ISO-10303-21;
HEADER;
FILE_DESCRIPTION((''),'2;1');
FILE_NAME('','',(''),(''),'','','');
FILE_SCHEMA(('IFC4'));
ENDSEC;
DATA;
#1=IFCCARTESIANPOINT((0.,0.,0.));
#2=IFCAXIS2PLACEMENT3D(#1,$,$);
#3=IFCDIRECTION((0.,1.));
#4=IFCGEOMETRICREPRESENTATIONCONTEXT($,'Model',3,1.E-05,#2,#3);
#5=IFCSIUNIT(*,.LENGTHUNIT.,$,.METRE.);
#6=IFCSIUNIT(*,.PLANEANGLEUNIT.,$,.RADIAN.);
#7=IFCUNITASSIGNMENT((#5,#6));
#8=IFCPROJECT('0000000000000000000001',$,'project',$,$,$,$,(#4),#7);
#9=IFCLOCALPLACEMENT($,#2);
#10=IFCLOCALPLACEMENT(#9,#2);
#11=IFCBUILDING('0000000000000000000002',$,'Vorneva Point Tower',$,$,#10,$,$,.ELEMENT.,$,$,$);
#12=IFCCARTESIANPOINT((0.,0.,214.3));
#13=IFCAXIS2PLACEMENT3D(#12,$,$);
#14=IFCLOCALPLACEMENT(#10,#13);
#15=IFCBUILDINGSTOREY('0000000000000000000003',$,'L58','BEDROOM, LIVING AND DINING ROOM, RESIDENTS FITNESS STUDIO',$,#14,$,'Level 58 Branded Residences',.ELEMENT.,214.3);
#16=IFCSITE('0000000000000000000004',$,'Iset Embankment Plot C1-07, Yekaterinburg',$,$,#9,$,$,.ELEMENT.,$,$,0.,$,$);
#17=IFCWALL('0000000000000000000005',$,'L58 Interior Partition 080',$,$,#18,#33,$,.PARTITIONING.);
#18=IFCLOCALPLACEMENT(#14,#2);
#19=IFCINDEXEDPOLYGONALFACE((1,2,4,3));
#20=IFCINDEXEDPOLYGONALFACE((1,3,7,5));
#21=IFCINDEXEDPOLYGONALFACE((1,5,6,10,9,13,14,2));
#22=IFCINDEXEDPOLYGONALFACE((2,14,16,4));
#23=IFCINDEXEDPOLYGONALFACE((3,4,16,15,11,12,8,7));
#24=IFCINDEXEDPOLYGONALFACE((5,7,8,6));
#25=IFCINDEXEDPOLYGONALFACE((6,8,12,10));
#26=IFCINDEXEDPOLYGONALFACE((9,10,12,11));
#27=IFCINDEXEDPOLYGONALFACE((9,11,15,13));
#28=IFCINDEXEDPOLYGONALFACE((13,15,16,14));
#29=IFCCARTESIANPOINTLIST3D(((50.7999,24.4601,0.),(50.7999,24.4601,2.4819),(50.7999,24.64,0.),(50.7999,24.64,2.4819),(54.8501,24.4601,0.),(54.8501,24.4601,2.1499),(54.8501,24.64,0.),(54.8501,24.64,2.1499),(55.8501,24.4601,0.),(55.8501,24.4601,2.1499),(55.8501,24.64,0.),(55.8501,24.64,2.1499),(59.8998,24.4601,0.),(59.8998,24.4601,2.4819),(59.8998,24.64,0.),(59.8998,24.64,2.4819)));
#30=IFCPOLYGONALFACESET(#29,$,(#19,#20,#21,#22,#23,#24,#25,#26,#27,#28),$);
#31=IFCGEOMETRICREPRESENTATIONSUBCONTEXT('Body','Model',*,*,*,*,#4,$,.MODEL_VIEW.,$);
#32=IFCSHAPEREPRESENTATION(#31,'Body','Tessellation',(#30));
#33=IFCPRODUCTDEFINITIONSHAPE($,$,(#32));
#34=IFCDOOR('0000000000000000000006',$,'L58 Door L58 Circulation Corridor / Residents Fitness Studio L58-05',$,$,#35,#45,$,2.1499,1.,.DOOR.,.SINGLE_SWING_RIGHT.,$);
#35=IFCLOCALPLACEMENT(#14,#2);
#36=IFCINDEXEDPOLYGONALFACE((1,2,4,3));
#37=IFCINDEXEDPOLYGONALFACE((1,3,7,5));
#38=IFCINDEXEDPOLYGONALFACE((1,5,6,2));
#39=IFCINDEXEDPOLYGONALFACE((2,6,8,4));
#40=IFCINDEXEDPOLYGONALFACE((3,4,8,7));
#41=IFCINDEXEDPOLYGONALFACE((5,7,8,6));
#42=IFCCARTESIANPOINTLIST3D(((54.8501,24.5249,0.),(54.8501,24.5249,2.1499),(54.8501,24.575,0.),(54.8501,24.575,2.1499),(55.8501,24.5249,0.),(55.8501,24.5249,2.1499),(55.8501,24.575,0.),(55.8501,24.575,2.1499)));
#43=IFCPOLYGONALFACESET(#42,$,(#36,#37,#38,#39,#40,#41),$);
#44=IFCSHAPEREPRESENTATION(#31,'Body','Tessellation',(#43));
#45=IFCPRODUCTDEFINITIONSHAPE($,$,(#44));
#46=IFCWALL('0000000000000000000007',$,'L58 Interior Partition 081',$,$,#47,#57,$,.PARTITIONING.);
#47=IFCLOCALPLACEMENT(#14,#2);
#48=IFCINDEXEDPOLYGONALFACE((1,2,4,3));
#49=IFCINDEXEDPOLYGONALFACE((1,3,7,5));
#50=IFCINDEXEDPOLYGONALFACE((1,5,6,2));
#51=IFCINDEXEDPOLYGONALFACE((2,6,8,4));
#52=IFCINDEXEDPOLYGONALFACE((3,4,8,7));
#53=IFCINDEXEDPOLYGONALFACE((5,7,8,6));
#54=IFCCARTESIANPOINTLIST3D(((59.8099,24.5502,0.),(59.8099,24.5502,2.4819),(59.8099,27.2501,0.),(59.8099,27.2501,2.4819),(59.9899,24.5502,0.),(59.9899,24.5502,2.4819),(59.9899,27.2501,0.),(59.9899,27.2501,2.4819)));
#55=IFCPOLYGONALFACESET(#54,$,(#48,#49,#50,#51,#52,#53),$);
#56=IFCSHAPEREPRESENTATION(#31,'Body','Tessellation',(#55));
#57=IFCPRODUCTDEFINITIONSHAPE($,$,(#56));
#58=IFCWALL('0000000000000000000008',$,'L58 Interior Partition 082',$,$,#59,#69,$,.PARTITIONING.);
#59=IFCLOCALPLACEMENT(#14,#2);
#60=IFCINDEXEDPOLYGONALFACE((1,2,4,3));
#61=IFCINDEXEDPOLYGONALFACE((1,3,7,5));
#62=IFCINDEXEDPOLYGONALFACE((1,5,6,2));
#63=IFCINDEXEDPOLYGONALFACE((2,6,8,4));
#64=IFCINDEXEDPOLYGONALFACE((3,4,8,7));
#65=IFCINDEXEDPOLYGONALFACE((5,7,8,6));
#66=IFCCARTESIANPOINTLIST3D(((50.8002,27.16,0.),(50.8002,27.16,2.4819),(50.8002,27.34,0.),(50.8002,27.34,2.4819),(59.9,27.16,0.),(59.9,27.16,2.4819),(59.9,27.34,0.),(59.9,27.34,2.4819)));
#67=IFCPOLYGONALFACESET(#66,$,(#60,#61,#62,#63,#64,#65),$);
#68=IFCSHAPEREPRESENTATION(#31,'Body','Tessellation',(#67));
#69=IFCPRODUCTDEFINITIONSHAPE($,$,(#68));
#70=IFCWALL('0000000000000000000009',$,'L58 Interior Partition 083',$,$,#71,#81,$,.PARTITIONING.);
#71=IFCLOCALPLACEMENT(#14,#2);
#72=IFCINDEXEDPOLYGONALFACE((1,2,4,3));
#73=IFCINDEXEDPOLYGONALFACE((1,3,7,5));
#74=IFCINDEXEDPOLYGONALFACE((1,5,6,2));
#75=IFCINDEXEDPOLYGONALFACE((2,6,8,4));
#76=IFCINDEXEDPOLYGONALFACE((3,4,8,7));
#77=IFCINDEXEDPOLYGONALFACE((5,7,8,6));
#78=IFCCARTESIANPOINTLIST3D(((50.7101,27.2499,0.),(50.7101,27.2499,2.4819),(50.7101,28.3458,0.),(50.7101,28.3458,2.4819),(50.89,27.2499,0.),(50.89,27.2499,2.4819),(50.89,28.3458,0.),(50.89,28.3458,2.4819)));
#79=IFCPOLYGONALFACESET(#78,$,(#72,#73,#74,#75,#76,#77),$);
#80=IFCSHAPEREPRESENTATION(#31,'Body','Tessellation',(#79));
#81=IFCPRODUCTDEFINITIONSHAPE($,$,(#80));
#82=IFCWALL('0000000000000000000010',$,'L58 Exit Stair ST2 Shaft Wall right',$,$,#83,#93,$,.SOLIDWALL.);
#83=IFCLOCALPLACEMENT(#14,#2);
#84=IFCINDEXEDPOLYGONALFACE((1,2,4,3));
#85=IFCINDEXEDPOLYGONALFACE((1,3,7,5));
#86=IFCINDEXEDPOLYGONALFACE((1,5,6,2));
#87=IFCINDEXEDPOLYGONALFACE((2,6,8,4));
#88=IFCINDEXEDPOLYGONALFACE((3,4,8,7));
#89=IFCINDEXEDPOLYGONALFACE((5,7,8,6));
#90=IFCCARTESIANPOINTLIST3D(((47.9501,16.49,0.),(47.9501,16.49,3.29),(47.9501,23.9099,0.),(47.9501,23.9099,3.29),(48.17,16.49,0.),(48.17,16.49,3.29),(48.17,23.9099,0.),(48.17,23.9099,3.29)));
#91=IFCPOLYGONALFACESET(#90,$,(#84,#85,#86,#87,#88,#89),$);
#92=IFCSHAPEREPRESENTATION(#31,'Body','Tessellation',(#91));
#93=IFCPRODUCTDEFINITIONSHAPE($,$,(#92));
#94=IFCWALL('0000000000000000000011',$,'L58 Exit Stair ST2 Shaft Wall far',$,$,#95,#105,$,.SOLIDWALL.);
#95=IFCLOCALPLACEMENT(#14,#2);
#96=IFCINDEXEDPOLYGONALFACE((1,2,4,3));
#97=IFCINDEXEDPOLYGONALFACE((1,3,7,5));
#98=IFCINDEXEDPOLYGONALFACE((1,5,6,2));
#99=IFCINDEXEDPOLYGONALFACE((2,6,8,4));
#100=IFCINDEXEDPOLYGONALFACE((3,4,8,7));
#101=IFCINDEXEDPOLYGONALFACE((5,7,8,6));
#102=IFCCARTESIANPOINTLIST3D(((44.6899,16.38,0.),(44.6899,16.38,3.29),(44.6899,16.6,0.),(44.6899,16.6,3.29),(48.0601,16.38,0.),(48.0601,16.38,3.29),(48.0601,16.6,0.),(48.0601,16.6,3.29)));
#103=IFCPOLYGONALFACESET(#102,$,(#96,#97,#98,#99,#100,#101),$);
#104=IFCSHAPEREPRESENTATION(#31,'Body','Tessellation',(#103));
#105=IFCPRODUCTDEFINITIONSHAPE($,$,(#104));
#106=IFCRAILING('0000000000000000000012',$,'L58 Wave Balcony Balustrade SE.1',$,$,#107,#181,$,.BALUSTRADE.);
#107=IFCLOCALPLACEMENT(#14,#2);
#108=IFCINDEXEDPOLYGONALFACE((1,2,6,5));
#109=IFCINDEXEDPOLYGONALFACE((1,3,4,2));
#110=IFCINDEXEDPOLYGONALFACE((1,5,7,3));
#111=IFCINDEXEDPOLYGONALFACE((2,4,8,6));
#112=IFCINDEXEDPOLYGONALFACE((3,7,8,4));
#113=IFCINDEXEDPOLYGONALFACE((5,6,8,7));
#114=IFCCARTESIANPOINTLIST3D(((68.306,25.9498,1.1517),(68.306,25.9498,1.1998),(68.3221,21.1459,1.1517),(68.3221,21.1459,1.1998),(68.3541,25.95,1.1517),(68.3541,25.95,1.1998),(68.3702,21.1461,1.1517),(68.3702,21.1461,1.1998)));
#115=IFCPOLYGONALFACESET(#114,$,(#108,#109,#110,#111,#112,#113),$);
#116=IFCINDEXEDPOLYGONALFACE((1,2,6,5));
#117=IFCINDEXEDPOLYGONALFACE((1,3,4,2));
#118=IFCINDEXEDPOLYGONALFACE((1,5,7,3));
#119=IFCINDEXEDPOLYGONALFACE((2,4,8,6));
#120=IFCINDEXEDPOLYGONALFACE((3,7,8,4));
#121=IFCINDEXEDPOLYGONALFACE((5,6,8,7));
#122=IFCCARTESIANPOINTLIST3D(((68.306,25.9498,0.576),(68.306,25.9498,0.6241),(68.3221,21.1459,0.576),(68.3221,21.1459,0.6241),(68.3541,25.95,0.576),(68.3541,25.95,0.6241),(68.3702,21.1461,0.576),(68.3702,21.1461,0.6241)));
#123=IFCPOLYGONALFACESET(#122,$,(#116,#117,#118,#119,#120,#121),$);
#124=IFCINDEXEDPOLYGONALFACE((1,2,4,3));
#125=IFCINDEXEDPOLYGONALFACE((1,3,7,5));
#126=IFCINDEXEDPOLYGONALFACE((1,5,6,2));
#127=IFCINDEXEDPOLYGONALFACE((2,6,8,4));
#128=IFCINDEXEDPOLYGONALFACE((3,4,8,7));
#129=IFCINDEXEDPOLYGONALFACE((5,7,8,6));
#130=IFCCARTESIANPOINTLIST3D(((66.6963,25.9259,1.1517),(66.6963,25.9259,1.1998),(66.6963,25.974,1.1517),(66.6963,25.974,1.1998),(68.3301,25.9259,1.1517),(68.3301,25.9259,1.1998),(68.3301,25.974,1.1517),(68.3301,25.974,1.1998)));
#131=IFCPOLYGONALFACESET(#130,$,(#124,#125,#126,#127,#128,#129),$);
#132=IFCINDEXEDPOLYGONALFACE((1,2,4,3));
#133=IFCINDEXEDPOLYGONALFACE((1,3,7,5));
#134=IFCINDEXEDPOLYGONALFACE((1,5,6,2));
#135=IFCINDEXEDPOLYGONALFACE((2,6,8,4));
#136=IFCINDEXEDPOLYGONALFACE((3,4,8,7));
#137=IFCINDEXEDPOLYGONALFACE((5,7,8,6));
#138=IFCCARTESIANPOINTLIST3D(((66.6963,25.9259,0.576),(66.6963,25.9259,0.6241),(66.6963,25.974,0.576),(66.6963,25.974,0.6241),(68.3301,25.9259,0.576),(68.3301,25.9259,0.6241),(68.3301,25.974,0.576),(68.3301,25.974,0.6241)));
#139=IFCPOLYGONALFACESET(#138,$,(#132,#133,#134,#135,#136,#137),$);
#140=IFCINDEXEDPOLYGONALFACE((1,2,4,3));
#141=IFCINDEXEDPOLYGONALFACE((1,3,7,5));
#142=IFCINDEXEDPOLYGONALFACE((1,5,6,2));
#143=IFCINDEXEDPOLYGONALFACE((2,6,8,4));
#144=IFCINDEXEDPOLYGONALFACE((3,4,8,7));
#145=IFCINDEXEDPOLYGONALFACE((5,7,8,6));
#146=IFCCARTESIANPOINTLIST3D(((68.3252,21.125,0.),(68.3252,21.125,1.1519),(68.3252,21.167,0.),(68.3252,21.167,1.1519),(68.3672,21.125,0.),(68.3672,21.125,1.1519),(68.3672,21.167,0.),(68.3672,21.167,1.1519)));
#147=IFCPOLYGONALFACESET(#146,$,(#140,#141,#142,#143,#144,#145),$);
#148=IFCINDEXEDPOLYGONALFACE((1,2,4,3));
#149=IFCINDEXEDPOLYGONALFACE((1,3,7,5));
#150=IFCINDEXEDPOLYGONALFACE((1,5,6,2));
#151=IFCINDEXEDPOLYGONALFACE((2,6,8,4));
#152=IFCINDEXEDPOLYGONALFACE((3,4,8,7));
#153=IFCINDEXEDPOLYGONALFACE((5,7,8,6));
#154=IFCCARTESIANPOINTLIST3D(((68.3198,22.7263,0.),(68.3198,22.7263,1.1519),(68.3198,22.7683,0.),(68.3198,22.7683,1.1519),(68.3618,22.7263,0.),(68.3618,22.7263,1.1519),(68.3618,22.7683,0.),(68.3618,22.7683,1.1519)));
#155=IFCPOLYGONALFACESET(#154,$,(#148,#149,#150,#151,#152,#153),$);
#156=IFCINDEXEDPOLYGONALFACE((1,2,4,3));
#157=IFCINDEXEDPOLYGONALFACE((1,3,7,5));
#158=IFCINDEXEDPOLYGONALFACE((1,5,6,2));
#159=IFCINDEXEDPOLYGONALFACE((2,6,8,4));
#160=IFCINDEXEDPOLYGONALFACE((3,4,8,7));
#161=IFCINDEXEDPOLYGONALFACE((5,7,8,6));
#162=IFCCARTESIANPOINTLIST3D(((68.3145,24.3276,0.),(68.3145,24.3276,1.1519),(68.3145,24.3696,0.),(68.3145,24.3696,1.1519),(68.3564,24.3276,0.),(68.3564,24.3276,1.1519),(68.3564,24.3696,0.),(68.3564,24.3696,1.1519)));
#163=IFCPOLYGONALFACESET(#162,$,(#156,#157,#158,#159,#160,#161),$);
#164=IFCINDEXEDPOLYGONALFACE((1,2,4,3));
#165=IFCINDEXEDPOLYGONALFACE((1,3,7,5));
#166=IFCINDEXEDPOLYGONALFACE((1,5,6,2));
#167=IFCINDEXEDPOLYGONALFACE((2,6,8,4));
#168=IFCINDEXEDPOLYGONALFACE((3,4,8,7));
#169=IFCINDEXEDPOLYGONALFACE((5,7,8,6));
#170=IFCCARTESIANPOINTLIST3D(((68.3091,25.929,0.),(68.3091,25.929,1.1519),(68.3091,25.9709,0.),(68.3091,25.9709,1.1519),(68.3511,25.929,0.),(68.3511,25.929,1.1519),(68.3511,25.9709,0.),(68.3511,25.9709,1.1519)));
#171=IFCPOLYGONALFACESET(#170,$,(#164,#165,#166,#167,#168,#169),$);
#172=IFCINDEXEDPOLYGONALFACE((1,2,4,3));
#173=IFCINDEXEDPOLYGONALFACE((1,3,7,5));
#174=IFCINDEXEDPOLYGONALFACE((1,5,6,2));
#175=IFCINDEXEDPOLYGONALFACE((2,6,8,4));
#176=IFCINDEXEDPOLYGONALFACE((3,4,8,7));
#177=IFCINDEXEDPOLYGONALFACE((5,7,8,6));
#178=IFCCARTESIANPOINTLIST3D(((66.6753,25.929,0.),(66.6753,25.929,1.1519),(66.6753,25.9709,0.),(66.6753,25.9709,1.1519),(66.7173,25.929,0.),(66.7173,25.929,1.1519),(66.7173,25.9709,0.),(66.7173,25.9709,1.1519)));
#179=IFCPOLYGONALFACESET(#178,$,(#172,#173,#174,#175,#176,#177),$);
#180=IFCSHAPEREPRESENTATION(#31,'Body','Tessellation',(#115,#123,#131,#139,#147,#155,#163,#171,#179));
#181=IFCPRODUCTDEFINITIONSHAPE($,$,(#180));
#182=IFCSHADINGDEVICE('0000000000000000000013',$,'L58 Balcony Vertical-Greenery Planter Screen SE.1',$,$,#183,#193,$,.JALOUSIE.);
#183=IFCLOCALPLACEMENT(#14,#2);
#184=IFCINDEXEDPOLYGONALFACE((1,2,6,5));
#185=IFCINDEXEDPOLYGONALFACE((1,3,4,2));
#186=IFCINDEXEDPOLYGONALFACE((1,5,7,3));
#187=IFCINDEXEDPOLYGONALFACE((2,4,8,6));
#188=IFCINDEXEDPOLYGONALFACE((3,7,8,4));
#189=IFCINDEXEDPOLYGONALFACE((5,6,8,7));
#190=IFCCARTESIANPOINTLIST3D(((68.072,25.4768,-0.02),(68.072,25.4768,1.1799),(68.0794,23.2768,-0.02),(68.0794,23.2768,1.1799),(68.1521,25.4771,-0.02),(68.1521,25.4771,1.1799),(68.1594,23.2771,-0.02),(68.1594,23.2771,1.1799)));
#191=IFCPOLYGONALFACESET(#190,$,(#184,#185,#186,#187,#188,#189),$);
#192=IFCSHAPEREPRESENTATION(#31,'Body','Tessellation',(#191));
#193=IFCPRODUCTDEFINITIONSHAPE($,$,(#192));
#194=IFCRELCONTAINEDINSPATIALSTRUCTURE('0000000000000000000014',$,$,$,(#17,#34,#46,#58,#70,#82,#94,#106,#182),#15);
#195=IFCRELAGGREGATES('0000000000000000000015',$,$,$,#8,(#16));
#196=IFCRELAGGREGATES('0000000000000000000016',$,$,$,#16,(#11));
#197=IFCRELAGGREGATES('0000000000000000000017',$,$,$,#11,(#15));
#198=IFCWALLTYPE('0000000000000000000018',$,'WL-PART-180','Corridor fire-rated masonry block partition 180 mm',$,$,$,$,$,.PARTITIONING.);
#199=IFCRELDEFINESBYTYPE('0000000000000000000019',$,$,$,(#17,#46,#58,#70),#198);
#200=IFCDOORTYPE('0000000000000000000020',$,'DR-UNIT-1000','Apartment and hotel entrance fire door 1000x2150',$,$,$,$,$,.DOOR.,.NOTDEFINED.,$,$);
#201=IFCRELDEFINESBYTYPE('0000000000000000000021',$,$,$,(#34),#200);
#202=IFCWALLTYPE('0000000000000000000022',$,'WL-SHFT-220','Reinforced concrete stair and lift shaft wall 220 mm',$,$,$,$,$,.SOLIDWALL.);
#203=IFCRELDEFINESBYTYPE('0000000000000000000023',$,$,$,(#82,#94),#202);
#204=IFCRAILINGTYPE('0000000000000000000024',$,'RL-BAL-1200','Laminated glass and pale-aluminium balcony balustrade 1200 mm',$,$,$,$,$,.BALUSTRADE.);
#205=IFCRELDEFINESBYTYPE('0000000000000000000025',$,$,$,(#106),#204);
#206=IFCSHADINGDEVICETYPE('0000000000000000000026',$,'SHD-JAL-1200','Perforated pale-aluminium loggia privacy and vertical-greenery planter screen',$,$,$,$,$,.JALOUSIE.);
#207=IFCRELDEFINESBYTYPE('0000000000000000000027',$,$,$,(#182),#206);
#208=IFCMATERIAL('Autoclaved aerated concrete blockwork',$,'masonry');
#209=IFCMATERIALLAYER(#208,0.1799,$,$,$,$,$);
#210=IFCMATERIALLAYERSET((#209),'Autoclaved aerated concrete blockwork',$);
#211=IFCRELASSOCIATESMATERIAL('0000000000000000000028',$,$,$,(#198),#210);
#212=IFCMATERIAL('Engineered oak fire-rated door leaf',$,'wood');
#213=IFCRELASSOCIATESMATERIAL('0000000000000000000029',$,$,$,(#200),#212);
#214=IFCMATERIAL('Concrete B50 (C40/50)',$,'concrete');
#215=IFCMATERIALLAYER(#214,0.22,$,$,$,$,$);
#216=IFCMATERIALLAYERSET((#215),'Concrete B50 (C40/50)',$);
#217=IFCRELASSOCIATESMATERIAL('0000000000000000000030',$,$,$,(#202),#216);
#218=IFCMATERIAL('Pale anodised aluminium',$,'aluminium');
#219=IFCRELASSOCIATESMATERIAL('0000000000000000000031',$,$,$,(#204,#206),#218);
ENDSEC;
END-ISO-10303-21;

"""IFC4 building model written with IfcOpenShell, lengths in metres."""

from ifc_helpers import new_model, si_unit, direction, frame, frame_2d, origin, origin_2d, place, context, subcontext, project, spatial, rectangle, extrude, material, layer, layer_set, type_object, element, fill, save


model = new_model("IFC4")

# Units and contexts
model_context = context("Model", 3, precision=1e-05, world=origin(), true_north=direction((0.0, 1.0)))
body_context = subcontext(model_context, "Body", "Model", "MODEL_VIEW")
ifc_project = project(units=[si_unit("LENGTHUNIT", "METRE"), si_unit("PLANEANGLEUNIT", "RADIAN")], contexts=[model_context])

# Site, building, storey
site_placement = place(None, origin())
site = spatial("IfcSite", under=ifc_project, at=site_placement, Name="Iset Embankment Plot C1-07, Yekaterinburg", CompositionType="ELEMENT", RefElevation=0.0)
building_placement = place(site_placement, origin())
building = spatial("IfcBuilding", under=site, at=building_placement, Name="Vorneva Point Tower", CompositionType="ELEMENT")
storey_placement = place(building_placement, frame((0.0, 0.0, 214.3)))
storey = spatial("IfcBuildingStorey", under=building, at=storey_placement, Name="L58", Description="BEDROOM, LIVING AND DINING ROOM, RESIDENTS FITNESS STUDIO", LongName="Level 58 Branded Residences", CompositionType="ELEMENT", Elevation=214.3)

# Shared definitions
ifc_material_1 = material(Name="Concrete B50 (C40/50)", Category="concrete")

# Shared definitions
ifc_material_2 = material(Name="Pale anodised aluminium", Category="aluminium")

# Shared definitions
ifc_material_3 = material(Name="Autoclaved aerated concrete blockwork", Category="masonry")
ifc_layer_1 = layer(ifc_material_3, 0.1799)
ifc_layer_set_1 = layer_set([ifc_layer_1], Name="Autoclaved aerated concrete blockwork")
wall_type_1 = type_object("IfcWallType", Name="WL-PART-180", Description="Corridor fire-rated masonry block partition 180 mm", PredefinedType="PARTITIONING", material=ifc_layer_set_1)

# Wall, opening, door
wall_1_placement = place(storey_placement, frame((50.8, 24.55, 0.0), z_axis=(0.0, 0.0, 1.0), x_axis=(1.0, 0.0, 0.0)))
wall_1 = element("IfcWall", 1, at=wall_1_placement, inside=storey, type_object=wall_type_1, Name="L58 Interior Partition 080", PredefinedType="PARTITIONING", context=body_context, shape_type="SweptSolid", body=[
    extrude(rectangle(XDim=9.0999, YDim=0.1799, at=frame_2d((4.5498, 0.0))), origin(), (0.0, 0.0, 1.0), 2.4819),
])
opening_1_placement = place(wall_1_placement, frame((4.05, 0.0, 0.0)))
opening_1 = element("IfcOpeningElement", 2, at=opening_1_placement, cuts=wall_1, PredefinedType="OPENING", context=body_context, shape_type="SweptSolid", body=[
    extrude(rectangle(XDim=1.0, YDim=2.1499, at=frame_2d((0.5, 1.075))), frame((0.0, 0.105, 0.0), z_axis=(0.0, -1.0, 0.0), x_axis=(1.0, 0.0, 0.0)), (0.0, 0.0, 1.0), 0.2097),
])
ifc_material_4 = material(Name="Engineered oak fire-rated door leaf", Category="wood")
door_type_1 = type_object("IfcDoorType", Name="DR-UNIT-1000", Description="Apartment and hotel entrance fire door 1000x2150", OperationType="NOTDEFINED", PredefinedType="DOOR", material=ifc_material_4)
door_1_placement = place(opening_1_placement, origin())
door_1 = element("IfcDoor", 3, at=door_1_placement, inside=storey, type_object=door_type_1, Name="L58 Door L58 Circulation Corridor / Residents Fitness Studio L58-05", OperationType="SINGLE_SWING_RIGHT", OverallHeight=2.1499, OverallWidth=1.0, PredefinedType="DOOR", context=body_context, shape_type="SweptSolid", body=[
    extrude(rectangle(XDim=1.0, YDim=2.1499, at=frame_2d((0.5, 1.075))), frame((0.0, 0.0249, 0.0), z_axis=(0.0, -1.0, 0.0), x_axis=(1.0, 0.0, 0.0)), (0.0, 0.0, 1.0), 0.05),
])
fill(opening_1, door_1)

# Walls
wall_2_placement = place(storey_placement, frame((59.8999, 24.55, 0.0), z_axis=(0.0, 0.0, 1.0), x_axis=(0.0, 1.0, 0.0)))
element("IfcWall", 4, at=wall_2_placement, inside=storey, type_object=wall_type_1, Name="L58 Interior Partition 081", PredefinedType="PARTITIONING", context=body_context, shape_type="SweptSolid", body=[
    extrude(rectangle(XDim=2.7, YDim=0.1799, at=frame_2d((1.3501, 0.0))), origin(), (0.0, 0.0, 1.0), 2.4819),
])
wall_3_placement = place(storey_placement, frame((59.8999, 27.25, 0.0), z_axis=(0.0, 0.0, 1.0), x_axis=(-1.0, 0.0, 0.0)))
element("IfcWall", 5, at=wall_3_placement, inside=storey, type_object=wall_type_1, Name="L58 Interior Partition 082", PredefinedType="PARTITIONING", context=body_context, shape_type="SweptSolid", body=[
    extrude(rectangle(XDim=9.0999, YDim=0.1799, at=frame_2d((4.5498, 0.0))), origin(), (0.0, 0.0, 1.0), 2.4819),
])
wall_4_placement = place(storey_placement, frame((50.8, 27.25, 0.0), z_axis=(0.0, 0.0, 1.0), x_axis=(0.0, 1.0, 0.0)))
element("IfcWall", 6, at=wall_4_placement, inside=storey, type_object=wall_type_1, Name="L58 Interior Partition 083", PredefinedType="PARTITIONING", context=body_context, shape_type="SweptSolid", body=[
    extrude(rectangle(XDim=1.0959, YDim=0.1799, at=frame_2d((0.5479, 0.0))), origin(), (0.0, 0.0, 1.0), 2.4819),
])
ifc_layer_2 = layer(ifc_material_1, 0.22)
ifc_layer_set_2 = layer_set([ifc_layer_2], Name="Concrete B50 (C40/50)")
wall_type_2 = type_object("IfcWallType", Name="WL-SHFT-220", Description="Reinforced concrete stair and lift shaft wall 220 mm", PredefinedType="SOLIDWALL", material=ifc_layer_set_2)
wall_5_placement = place(storey_placement, frame((48.0601, 23.9099, 0.0), z_axis=(0.0, 0.0, 1.0), x_axis=(0.0, -1.0, 0.0)))
element("IfcWall", 7, at=wall_5_placement, inside=storey, type_object=wall_type_2, Name="L58 Exit Stair ST2 Shaft Wall right", PredefinedType="SOLIDWALL", context=body_context, shape_type="SweptSolid", body=[
    extrude(rectangle(XDim=7.4199, YDim=0.22, at=frame_2d((3.71, 0.0))), origin(), (0.0, 0.0, 1.0), 3.29),
])
wall_6_placement = place(storey_placement, frame((48.0601, 16.49, 0.0), z_axis=(0.0, 0.0, 1.0), x_axis=(-1.0, 0.0, 0.0)))
element("IfcWall", 8, at=wall_6_placement, inside=storey, type_object=wall_type_2, Name="L58 Exit Stair ST2 Shaft Wall far", PredefinedType="SOLIDWALL", context=body_context, shape_type="SweptSolid", body=[
    extrude(rectangle(XDim=3.3701, YDim=0.22, at=frame_2d((1.6851, 0.0))), origin(), (0.0, 0.0, 1.0), 3.29),
])

# Railing
railing_type = type_object("IfcRailingType", Name="RL-BAL-1200", Description="Laminated glass and pale-aluminium balcony balustrade 1200 mm", PredefinedType="BALUSTRADE", material=ifc_material_2)
railing_placement = place(storey_placement, frame((68.3462, 21.146, 0.0)))
element("IfcRailing", 9, at=railing_placement, inside=storey, type_object=railing_type, Name="L58 Wave Balcony Balustrade SE.1", PredefinedType="BALUSTRADE", context=body_context, shape_type="SweptSolid", body=[
    extrude(rectangle(XDim=0.0481, YDim=0.0481, at=origin_2d()), frame((0.0, 0.0, 1.1758), z_axis=(-0.003354, 0.999994, 0.0), x_axis=(-0.999994, -0.003354, 0.0)), (0.0, 0.0, 1.0), 4.804),
    extrude(rectangle(XDim=0.0481, YDim=0.0481, at=origin_2d()), frame((0.0, 0.0, 0.6001), z_axis=(-0.003354, 0.999994, 0.0), x_axis=(-0.999994, -0.003354, 0.0)), (0.0, 0.0, 1.0), 4.804),
    extrude(rectangle(XDim=0.0481, YDim=0.0481, at=origin_2d()), frame((-0.0161, 4.804, 1.1758), z_axis=(-1.0, 0.0, 0.0), x_axis=(0.0, -1.0, 0.0)), (0.0, 0.0, 1.0), 1.6338),
    extrude(rectangle(XDim=0.0481, YDim=0.0481, at=origin_2d()), frame((-0.0161, 4.804, 0.6001), z_axis=(-1.0, 0.0, 0.0), x_axis=(0.0, -1.0, 0.0)), (0.0, 0.0, 1.0), 1.6338),
    extrude(rectangle(XDim=0.042, YDim=0.042, at=origin_2d()), origin(), (0.0, 0.0, 1.0), 1.1519),
    extrude(rectangle(XDim=0.042, YDim=0.042, at=origin_2d()), frame((-0.0054, 1.6013, 0.0)), (0.0, 0.0, 1.0), 1.1519),
    extrude(rectangle(XDim=0.042, YDim=0.042, at=origin_2d()), frame((-0.0107, 3.2026, 0.0)), (0.0, 0.0, 1.0), 1.1519),
    extrude(rectangle(XDim=0.042, YDim=0.042, at=origin_2d()), frame((-0.0161, 4.804, 0.0)), (0.0, 0.0, 1.0), 1.1519),
    extrude(rectangle(XDim=0.042, YDim=0.042, at=origin_2d()), frame((-1.6499, 4.804, 0.0)), (0.0, 0.0, 1.0), 1.1519),
])

# Shading device
shading_device_type = type_object("IfcShadingDeviceType", Name="SHD-JAL-1200", Description="Perforated pale-aluminium loggia privacy and vertical-greenery planter screen", PredefinedType="JALOUSIE", material=ifc_material_2)
shading_device_placement = place(storey_placement, frame((68.1157, 24.377, -0.02), z_axis=(0.0, 0.0, 1.0), x_axis=(-0.003351, 0.999994, 0.0)))
element("IfcShadingDevice", 10, at=shading_device_placement, inside=storey, type_object=shading_device_type, Name="L58 Balcony Vertical-Greenery Planter Screen SE.1", PredefinedType="JALOUSIE", context=body_context, shape_type="SweptSolid", body=[
    extrude(rectangle(XDim=2.2, YDim=0.0801, at=origin_2d()), origin(), (0.0, 0.0, 1.0), 1.2),
])

save(model, "model.ifc")
